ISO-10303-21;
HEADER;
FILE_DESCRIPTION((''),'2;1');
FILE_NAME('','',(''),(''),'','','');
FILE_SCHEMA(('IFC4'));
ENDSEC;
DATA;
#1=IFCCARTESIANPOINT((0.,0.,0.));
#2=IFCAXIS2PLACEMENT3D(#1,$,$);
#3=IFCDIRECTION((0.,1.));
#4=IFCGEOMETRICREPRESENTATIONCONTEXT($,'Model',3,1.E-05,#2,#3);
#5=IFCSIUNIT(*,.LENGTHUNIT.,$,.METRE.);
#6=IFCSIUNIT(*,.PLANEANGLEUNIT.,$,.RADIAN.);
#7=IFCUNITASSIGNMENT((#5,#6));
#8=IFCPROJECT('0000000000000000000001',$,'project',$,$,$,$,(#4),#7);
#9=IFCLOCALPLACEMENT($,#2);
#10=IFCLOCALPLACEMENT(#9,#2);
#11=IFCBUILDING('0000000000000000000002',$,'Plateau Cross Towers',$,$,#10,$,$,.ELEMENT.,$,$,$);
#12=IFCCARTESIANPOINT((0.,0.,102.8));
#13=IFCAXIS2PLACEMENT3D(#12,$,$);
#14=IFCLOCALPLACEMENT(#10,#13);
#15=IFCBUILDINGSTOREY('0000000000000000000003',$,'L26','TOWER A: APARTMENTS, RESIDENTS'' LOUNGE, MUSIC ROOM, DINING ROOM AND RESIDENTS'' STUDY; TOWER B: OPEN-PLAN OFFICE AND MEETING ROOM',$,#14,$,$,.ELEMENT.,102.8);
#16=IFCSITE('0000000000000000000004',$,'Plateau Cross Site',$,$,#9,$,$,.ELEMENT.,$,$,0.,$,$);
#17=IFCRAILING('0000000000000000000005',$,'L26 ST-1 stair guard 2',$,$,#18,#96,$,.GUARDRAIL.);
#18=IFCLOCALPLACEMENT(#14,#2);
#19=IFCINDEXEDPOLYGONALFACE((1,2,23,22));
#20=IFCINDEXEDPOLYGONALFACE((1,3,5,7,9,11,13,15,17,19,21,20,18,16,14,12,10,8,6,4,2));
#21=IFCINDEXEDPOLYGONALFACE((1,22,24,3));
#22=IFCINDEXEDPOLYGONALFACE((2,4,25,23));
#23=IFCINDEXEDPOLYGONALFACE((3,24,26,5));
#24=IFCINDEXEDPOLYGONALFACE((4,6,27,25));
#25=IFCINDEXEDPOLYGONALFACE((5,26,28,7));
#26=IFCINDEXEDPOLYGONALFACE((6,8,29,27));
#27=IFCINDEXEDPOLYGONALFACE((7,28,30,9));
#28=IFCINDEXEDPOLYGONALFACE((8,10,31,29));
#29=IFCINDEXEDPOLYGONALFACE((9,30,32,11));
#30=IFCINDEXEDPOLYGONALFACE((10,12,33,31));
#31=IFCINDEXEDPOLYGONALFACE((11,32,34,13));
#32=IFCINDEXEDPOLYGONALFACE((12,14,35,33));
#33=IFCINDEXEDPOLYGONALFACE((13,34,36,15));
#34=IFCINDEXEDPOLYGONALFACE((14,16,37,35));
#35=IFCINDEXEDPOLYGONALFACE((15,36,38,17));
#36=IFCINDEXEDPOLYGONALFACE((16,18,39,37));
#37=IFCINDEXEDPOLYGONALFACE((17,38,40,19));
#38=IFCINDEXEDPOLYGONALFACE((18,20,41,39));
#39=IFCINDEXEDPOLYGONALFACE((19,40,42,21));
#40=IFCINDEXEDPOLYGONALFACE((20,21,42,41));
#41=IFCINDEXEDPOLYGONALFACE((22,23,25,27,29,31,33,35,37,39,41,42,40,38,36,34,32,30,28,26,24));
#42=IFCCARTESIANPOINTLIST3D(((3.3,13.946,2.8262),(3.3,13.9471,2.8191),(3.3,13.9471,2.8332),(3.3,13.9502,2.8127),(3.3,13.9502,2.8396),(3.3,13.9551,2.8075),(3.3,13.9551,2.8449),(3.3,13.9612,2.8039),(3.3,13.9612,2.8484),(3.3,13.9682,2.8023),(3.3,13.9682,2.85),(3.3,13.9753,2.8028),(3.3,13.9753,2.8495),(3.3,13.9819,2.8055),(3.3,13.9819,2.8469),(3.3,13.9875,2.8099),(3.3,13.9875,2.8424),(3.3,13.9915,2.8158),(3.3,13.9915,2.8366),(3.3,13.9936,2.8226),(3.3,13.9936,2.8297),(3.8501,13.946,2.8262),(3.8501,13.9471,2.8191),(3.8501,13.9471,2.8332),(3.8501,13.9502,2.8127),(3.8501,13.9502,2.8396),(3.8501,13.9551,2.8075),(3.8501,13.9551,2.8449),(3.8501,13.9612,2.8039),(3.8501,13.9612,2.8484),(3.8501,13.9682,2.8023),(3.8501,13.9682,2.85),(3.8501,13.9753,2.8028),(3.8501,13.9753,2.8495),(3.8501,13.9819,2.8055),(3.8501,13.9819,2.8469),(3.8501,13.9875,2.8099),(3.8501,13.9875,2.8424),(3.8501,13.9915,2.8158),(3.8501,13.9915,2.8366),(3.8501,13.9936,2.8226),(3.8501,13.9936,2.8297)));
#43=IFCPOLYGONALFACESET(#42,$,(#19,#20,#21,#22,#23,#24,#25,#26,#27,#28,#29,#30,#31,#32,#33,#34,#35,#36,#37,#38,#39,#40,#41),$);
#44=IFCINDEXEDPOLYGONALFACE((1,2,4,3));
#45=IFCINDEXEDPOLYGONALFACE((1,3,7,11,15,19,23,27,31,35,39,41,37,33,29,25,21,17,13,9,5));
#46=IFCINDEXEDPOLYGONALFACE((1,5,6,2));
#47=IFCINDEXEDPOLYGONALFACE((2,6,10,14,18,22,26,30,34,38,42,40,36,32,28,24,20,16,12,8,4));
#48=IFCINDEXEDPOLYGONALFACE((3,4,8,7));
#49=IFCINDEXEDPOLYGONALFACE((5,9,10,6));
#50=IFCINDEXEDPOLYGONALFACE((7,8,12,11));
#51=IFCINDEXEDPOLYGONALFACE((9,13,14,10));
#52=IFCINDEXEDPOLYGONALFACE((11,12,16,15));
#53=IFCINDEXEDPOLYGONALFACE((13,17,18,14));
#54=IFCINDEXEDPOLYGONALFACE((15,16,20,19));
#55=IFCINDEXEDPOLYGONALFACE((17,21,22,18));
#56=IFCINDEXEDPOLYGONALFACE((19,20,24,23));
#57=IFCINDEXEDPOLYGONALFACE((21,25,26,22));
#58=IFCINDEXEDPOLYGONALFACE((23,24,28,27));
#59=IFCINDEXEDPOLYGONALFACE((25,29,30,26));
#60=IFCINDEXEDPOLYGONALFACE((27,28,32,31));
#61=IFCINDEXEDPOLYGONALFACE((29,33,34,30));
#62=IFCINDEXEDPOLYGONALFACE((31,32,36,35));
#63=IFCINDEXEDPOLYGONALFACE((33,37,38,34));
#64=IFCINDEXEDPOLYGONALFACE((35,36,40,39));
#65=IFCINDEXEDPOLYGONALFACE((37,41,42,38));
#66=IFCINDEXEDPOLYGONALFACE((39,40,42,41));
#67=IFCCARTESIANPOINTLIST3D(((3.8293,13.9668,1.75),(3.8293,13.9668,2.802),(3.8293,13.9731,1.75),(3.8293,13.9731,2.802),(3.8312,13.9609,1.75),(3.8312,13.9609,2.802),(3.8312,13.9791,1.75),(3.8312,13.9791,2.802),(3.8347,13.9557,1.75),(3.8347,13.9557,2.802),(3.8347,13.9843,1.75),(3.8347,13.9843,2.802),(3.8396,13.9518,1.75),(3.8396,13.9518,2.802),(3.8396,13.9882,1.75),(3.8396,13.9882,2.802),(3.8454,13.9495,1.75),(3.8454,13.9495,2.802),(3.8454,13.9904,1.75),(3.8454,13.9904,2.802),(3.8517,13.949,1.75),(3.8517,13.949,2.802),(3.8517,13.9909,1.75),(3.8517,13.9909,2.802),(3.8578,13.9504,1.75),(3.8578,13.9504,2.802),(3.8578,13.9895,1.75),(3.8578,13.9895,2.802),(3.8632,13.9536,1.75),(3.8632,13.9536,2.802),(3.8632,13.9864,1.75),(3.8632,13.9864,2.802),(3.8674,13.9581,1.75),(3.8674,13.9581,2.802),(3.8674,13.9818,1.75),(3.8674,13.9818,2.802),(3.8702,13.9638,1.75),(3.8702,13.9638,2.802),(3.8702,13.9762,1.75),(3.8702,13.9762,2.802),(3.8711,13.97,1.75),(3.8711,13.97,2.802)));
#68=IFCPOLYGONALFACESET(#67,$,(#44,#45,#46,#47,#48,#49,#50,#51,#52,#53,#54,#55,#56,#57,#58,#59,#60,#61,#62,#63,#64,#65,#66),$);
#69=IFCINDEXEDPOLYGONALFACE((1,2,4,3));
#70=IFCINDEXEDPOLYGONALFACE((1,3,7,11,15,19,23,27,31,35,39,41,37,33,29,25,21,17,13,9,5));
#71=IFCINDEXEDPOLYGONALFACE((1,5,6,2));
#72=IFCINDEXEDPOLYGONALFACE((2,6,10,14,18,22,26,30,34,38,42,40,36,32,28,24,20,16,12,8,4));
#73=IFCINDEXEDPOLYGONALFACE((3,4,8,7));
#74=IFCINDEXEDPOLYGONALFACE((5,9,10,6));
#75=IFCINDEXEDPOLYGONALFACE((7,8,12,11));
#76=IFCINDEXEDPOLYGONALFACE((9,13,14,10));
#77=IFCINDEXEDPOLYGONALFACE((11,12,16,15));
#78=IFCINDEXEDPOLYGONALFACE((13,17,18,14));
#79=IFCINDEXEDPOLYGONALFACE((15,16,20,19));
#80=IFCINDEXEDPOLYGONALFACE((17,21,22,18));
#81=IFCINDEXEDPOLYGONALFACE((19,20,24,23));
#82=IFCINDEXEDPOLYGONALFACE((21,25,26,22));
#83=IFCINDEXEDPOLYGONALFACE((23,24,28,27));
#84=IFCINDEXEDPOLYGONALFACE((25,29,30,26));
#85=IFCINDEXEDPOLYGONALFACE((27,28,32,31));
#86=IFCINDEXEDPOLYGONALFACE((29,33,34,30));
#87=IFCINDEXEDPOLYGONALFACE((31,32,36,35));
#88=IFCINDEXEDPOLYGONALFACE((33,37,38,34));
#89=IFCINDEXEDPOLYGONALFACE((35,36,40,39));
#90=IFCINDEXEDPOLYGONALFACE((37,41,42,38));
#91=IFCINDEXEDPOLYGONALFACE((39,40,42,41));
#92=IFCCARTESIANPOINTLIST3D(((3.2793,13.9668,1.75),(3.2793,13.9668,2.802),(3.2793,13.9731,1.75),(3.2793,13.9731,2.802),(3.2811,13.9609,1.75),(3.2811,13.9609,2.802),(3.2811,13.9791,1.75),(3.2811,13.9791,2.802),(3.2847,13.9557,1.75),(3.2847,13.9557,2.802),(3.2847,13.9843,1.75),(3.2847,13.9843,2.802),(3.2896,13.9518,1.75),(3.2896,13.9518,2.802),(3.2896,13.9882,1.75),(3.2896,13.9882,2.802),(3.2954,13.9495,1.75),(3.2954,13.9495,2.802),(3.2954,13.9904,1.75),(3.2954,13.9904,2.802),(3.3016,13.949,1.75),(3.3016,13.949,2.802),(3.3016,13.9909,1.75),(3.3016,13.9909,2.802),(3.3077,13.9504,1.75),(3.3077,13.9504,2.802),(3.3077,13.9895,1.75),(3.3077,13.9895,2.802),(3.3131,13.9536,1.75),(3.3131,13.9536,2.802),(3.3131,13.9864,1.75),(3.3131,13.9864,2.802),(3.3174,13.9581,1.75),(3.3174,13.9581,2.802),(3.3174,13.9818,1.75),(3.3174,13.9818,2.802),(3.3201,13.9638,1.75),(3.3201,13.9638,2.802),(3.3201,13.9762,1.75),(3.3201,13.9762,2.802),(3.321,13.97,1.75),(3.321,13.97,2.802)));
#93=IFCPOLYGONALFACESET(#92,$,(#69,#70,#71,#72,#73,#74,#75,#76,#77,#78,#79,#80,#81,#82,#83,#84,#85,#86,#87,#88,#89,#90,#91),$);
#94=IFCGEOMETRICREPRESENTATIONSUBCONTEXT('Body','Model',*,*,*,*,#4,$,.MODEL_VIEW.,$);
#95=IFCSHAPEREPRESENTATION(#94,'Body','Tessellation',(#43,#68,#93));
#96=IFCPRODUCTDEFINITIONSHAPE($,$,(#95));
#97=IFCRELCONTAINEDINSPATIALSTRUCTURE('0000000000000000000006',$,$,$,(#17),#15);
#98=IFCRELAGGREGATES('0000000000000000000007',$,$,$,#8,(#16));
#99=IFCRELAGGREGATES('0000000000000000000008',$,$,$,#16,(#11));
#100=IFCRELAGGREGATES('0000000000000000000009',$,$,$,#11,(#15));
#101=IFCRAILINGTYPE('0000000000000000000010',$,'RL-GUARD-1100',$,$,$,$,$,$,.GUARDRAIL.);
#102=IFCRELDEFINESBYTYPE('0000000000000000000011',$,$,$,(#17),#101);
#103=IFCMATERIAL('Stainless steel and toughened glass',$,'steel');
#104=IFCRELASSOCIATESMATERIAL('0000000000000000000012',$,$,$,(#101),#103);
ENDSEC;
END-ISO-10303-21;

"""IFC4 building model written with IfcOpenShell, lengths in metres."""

from ifc_helpers import new_model, si_unit, direction, frame, origin, origin_2d, place, context, subcontext, project, spatial, circle, extrude, material, type_object, element, save


model = new_model("IFC4")

# Units and contexts
model_context = context("Model", 3, precision=1e-05, world=origin(), true_north=direction((0.0, 1.0)))
body_context = subcontext(model_context, "Body", "Model", "MODEL_VIEW")
ifc_project = project(units=[si_unit("LENGTHUNIT", "METRE"), si_unit("PLANEANGLEUNIT", "RADIAN")], contexts=[model_context])

# Site, building, storey
site_placement = place(None, origin())
site = spatial("IfcSite", under=ifc_project, at=site_placement, Name="Plateau Cross Site", CompositionType="ELEMENT", RefElevation=0.0)
building_placement = place(site_placement, origin())
building = spatial("IfcBuilding", under=site, at=building_placement, Name="Plateau Cross Towers", CompositionType="ELEMENT")
storey_placement = place(building_placement, frame((0.0, 0.0, 102.8)))
storey = spatial("IfcBuildingStorey", under=building, at=storey_placement, Name="L26", Description="TOWER A: APARTMENTS, RESIDENTS' LOUNGE, MUSIC ROOM, DINING ROOM AND RESIDENTS' STUDY; TOWER B: OPEN-PLAN OFFICE AND MEETING ROOM", CompositionType="ELEMENT", Elevation=102.8)

# Railing
ifc_material_1 = material(Name="Stainless steel and toughened glass", Category="steel")
railing_type_1 = type_object("IfcRailingType", Name="RL-GUARD-1100", PredefinedType="GUARDRAIL", material=ifc_material_1)
railing_1_placement = place(storey_placement, frame((3.8501, 13.97, 1.75)))
element("IfcRailing", 1, at=railing_1_placement, inside=storey, type_object=railing_type_1, Name="L26 ST-1 stair guard 2", PredefinedType="GUARDRAIL", context=body_context, shape_type="SweptSolid", body=[
    extrude(circle(Radius=0.0239, at=origin_2d()), frame((0.0, 0.0, 1.0762), z_axis=(-1.0, 0.0, 0.0), x_axis=(0.0, -1.0, 0.0)), (0.0, 0.0, 1.0), 0.55),
    extrude(circle(Radius=0.021, at=origin_2d()), origin(), (0.0, 0.0, 1.0), 1.052),
    extrude(circle(Radius=0.021, at=origin_2d()), frame((-0.55, 0.0, 0.0)), (0.0, 0.0, 1.0), 1.052),
])

save(model, "model.ifc")
